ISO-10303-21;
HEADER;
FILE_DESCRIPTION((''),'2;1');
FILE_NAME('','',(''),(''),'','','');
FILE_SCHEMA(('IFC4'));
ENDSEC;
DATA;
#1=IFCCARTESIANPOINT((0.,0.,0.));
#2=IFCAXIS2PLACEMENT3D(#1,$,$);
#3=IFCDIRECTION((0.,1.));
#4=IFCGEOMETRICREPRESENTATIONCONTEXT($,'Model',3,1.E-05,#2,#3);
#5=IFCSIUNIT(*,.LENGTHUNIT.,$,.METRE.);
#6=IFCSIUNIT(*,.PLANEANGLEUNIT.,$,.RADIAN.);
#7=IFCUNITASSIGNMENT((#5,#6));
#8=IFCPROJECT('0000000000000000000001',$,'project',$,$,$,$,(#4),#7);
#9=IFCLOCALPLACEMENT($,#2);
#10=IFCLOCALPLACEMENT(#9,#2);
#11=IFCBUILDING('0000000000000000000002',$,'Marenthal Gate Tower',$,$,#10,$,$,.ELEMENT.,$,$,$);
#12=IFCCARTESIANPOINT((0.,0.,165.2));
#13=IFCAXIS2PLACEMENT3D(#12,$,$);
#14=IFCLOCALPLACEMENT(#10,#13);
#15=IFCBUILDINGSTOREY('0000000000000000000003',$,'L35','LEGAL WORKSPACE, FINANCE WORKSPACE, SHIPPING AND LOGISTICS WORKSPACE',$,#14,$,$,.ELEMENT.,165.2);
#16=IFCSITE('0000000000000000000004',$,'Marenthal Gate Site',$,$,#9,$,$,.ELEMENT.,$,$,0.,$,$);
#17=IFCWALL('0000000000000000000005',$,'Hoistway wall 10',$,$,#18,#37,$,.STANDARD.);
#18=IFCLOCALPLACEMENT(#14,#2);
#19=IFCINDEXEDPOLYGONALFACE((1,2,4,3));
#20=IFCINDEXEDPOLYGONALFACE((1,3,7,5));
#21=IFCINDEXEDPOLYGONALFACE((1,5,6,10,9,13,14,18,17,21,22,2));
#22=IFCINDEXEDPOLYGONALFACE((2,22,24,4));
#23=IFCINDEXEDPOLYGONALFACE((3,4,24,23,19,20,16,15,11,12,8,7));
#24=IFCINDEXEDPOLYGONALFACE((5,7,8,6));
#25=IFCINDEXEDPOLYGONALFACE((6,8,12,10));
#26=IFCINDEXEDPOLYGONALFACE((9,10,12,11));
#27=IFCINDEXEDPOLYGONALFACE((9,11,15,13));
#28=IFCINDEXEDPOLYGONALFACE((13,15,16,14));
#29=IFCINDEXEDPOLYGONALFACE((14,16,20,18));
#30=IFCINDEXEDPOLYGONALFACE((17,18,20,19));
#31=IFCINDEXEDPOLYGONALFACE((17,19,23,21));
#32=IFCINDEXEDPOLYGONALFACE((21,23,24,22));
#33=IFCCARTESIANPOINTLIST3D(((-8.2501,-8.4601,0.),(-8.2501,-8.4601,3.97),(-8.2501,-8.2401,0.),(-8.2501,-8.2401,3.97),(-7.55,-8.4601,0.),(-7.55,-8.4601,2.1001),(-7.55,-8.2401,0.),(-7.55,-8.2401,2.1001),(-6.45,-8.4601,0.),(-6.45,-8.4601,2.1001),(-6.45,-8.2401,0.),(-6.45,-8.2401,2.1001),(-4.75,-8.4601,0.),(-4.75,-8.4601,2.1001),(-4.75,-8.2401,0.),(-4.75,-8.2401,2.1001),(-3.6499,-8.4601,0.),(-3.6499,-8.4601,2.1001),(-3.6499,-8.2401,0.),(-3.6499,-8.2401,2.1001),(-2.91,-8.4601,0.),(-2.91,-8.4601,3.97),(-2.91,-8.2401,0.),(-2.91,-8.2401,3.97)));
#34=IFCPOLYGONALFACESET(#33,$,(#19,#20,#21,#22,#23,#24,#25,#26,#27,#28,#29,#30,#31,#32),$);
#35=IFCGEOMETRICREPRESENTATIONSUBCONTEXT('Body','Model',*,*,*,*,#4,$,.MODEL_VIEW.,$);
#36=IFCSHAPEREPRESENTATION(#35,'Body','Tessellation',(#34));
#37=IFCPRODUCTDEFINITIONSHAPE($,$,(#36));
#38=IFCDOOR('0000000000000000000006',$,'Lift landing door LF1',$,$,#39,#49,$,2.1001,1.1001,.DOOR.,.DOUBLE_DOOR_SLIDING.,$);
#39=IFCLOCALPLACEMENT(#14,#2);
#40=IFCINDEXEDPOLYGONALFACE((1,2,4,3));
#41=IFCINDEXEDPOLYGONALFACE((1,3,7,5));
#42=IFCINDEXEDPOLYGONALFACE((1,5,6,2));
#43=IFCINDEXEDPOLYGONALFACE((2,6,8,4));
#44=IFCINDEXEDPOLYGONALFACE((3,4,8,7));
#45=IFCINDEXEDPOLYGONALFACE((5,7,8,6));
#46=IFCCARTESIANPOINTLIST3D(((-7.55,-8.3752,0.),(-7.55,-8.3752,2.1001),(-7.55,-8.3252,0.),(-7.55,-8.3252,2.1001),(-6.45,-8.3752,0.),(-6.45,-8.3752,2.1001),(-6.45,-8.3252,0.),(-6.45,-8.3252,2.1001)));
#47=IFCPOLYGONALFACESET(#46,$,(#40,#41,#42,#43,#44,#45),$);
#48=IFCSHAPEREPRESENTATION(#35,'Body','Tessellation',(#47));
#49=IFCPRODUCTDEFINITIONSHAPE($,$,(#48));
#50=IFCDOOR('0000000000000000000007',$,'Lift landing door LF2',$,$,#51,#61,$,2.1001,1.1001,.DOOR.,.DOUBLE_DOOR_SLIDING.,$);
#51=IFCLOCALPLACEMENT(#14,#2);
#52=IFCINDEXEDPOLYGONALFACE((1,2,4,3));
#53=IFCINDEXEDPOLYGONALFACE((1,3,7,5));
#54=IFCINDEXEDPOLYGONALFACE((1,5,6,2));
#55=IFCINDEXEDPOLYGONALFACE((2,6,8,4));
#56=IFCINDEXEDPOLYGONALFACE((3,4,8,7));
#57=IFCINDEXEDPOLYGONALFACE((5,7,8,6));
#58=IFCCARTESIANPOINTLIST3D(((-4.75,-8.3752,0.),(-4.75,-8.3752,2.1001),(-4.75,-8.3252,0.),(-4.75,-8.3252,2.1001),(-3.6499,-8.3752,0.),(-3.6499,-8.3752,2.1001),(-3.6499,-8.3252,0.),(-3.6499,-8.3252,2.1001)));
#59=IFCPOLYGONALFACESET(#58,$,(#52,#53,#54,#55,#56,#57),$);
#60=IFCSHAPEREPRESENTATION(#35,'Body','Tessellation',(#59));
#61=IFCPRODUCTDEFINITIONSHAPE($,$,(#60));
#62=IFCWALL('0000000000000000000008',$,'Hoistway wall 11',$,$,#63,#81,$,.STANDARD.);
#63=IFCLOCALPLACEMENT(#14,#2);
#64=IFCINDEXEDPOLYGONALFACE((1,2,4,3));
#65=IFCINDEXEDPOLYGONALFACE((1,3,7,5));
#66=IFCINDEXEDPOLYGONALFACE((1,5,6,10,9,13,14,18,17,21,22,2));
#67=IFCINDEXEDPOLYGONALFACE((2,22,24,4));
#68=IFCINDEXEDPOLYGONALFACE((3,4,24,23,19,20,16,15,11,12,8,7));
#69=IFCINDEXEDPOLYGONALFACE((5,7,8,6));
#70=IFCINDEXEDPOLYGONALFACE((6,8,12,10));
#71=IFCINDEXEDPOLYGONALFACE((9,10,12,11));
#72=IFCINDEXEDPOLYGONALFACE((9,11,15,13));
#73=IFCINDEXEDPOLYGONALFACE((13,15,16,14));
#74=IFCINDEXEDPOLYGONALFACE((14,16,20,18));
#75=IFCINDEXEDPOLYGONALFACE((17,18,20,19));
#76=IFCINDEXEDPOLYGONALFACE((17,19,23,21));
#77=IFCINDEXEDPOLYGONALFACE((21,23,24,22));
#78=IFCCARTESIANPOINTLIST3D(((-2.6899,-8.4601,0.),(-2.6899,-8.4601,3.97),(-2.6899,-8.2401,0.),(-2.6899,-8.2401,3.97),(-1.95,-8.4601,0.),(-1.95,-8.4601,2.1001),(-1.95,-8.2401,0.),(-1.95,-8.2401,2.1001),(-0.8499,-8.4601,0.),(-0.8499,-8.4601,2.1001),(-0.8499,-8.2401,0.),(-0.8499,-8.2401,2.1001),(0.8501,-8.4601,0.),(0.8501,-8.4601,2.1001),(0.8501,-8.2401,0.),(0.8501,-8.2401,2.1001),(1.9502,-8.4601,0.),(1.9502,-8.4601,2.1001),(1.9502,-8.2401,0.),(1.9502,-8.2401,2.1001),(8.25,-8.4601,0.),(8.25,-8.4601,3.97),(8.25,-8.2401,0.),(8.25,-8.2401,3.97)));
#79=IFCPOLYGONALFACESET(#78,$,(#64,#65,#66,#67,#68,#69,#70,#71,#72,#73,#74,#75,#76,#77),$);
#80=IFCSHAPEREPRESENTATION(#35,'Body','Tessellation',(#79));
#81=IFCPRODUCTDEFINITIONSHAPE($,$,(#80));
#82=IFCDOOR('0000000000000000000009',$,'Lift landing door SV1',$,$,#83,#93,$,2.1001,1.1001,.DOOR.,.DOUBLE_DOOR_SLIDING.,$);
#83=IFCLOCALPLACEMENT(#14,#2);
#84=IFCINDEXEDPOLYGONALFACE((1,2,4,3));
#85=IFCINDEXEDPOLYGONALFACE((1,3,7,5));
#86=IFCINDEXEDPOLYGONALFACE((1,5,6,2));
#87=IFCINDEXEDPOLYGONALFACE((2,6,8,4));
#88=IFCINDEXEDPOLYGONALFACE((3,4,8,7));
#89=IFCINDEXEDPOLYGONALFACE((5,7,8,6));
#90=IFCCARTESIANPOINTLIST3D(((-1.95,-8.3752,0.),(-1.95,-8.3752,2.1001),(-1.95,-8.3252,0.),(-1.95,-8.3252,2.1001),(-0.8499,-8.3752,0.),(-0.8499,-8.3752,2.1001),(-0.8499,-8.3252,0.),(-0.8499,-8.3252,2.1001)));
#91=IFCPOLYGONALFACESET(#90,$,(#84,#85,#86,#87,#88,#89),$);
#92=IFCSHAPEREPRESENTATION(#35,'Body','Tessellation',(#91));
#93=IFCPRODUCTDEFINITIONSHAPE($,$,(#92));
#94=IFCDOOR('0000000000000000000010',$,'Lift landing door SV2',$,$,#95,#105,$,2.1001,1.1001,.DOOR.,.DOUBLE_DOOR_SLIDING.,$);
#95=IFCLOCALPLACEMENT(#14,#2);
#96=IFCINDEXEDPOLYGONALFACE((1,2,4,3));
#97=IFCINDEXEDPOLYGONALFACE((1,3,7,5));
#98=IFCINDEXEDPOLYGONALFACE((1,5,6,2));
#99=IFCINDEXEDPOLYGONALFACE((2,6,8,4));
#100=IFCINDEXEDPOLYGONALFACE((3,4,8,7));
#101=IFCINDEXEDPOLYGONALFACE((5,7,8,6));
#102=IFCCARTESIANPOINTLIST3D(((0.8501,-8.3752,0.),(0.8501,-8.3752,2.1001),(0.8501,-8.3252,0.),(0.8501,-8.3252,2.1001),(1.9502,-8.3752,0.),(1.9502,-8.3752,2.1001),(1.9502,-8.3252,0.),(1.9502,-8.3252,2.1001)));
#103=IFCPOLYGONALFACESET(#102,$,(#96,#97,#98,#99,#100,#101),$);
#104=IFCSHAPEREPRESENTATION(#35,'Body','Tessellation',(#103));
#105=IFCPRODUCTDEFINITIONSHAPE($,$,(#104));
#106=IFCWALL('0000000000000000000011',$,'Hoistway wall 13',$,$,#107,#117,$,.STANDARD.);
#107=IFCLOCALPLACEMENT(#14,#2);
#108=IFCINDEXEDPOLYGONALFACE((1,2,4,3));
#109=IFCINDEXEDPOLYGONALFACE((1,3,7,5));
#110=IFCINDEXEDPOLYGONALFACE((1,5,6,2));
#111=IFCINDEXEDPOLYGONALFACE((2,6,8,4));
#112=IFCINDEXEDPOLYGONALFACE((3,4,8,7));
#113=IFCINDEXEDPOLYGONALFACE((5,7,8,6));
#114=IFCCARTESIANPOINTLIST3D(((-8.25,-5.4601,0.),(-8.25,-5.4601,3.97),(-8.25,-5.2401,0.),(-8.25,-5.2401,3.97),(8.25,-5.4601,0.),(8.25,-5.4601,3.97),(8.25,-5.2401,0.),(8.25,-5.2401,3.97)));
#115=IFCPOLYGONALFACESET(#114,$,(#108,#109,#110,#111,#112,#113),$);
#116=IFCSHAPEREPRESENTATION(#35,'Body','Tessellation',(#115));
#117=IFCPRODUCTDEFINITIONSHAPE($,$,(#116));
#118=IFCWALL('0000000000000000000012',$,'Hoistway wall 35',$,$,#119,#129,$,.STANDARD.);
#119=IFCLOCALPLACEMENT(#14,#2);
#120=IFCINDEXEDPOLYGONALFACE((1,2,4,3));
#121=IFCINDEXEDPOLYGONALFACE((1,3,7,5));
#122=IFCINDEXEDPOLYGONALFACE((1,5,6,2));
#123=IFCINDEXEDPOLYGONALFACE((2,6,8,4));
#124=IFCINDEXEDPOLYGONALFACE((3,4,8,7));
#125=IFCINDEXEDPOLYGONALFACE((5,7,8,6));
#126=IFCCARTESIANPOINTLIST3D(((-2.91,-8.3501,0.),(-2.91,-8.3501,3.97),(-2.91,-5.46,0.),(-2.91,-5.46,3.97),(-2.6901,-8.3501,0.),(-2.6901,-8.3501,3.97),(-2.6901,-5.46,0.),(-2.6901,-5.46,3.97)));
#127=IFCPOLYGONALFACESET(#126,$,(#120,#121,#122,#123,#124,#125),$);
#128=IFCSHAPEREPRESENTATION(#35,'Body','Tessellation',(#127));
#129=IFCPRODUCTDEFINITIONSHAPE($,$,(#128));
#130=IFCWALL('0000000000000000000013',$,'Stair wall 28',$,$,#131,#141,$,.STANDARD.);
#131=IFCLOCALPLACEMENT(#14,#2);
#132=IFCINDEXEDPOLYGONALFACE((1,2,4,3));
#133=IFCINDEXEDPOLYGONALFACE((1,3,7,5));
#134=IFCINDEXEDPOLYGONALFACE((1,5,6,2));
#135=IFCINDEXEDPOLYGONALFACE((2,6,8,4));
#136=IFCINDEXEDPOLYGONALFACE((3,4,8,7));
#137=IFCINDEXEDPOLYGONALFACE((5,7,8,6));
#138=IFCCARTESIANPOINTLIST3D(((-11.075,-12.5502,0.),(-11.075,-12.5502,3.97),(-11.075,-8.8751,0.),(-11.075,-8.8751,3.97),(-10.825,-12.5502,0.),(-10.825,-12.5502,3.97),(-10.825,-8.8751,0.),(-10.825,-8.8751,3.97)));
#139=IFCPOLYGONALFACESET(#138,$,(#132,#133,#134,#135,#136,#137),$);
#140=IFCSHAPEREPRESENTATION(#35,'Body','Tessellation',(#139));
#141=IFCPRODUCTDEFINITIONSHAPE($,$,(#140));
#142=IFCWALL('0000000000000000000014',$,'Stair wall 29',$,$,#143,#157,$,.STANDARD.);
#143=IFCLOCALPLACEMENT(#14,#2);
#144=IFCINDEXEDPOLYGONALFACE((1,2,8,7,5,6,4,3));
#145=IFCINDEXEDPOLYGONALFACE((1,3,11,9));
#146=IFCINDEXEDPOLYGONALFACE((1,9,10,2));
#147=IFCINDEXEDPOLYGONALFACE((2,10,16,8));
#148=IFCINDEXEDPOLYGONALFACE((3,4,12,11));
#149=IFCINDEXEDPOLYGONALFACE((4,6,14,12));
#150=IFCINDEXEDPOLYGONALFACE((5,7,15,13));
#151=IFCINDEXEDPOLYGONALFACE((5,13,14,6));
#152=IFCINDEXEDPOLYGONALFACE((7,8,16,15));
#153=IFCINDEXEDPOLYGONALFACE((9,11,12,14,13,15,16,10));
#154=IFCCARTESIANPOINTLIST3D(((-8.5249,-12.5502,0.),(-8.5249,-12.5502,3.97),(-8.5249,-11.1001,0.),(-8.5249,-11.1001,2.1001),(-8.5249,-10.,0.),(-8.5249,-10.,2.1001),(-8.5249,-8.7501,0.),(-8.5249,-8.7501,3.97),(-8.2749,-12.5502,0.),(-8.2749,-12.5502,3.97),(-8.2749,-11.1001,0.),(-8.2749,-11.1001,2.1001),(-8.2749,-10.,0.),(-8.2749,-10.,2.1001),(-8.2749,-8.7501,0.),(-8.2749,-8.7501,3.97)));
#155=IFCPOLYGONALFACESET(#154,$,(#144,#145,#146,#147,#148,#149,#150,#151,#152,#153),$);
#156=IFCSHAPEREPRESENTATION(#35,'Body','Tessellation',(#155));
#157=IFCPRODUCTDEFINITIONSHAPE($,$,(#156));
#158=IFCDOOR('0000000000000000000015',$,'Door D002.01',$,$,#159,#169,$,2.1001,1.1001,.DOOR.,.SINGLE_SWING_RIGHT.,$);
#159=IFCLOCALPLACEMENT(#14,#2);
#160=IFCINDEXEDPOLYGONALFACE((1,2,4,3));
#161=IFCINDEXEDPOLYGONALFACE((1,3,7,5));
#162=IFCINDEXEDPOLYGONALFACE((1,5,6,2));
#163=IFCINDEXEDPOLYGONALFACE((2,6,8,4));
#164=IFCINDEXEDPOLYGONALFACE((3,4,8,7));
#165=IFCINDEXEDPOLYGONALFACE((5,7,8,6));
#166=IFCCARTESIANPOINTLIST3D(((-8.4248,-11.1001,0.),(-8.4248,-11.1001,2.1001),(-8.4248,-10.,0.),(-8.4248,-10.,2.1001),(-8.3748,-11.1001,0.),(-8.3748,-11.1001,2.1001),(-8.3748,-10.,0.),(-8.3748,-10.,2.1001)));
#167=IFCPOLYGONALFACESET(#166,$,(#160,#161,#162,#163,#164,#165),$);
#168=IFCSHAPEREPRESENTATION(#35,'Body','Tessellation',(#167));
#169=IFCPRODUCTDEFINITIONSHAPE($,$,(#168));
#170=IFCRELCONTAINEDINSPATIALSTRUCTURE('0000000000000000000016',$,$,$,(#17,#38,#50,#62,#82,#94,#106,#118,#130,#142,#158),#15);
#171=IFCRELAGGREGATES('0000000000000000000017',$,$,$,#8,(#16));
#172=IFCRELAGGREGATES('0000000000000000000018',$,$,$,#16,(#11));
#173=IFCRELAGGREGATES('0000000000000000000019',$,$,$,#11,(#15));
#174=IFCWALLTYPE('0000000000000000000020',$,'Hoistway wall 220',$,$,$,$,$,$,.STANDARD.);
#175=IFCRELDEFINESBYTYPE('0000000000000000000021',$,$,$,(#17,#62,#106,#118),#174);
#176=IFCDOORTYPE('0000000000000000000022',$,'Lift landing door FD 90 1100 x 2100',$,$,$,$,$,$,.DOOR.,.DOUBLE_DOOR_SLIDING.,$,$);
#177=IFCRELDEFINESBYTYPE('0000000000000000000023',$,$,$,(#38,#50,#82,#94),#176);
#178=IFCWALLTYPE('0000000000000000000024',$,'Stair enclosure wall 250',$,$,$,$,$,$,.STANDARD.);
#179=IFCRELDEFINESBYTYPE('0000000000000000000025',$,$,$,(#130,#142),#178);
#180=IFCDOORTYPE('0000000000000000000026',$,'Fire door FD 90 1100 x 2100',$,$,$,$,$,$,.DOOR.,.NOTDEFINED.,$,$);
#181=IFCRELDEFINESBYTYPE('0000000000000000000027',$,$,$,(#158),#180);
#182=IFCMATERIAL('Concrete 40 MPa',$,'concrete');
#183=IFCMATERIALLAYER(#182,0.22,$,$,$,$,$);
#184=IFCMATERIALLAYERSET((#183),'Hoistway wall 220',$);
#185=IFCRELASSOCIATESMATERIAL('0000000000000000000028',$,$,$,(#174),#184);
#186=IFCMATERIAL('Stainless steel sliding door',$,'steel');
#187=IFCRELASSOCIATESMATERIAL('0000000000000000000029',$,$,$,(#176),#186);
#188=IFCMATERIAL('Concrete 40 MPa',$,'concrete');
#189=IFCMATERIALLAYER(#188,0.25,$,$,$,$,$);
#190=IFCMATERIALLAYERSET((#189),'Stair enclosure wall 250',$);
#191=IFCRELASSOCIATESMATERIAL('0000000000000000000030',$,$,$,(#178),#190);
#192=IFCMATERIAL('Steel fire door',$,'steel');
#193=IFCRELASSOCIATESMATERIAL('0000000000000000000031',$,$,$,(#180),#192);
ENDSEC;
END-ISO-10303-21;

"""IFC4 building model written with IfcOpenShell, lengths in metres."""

from ifc_helpers import new_model, si_unit, direction, frame, frame_2d, origin, place, context, subcontext, project, spatial, rectangle, extrude, material, layer, layer_set, type_object, element, fill, save


model = new_model("IFC4")

# Units and contexts
model_context = context("Model", 3, precision=1e-05, world=origin(), true_north=direction((0.0, 1.0)))
body_context = subcontext(model_context, "Body", "Model", "MODEL_VIEW")
ifc_project = project(units=[si_unit("LENGTHUNIT", "METRE"), si_unit("PLANEANGLEUNIT", "RADIAN")], contexts=[model_context])

# Site, building, storey
site_placement = place(None, origin())
site = spatial("IfcSite", under=ifc_project, at=site_placement, Name="Marenthal Gate Site", CompositionType="ELEMENT", RefElevation=0.0)
building_placement = place(site_placement, origin())
building = spatial("IfcBuilding", under=site, at=building_placement, Name="Marenthal Gate Tower", CompositionType="ELEMENT")
storey_placement = place(building_placement, frame((0.0, 0.0, 165.2)))
storey = spatial("IfcBuildingStorey", under=building, at=storey_placement, Name="L35", Description="LEGAL WORKSPACE, FINANCE WORKSPACE, SHIPPING AND LOGISTICS WORKSPACE", CompositionType="ELEMENT", Elevation=165.2)

# Walls, openings, doors
ifc_material_1 = material(Name="Concrete 40 MPa", Category="concrete")
ifc_layer_1 = layer(ifc_material_1, 0.22)
ifc_layer_set_1 = layer_set([ifc_layer_1], Name="Hoistway wall 220")
wall_type_1 = type_object("IfcWallType", Name="Hoistway wall 220", PredefinedType="STANDARD", material=ifc_layer_set_1)
wall_1_placement = place(storey_placement, frame((-8.25, -8.3501, 0.0), z_axis=(0.0, 0.0, 1.0), x_axis=(1.0, 0.0, 0.0)))
wall_1 = element("IfcWall", 1, at=wall_1_placement, inside=storey, type_object=wall_type_1, Name="Hoistway wall 10", PredefinedType="STANDARD", context=body_context, shape_type="SweptSolid", body=[
    extrude(rectangle(XDim=5.3401, YDim=0.22, at=frame_2d((2.6699, 0.0))), origin(), (0.0, 0.0, 1.0), 3.97),
])
opening_1_placement = place(wall_1_placement, frame((0.7, 0.0, 0.0)))
opening_1 = element("IfcOpeningElement", 2, at=opening_1_placement, cuts=wall_1, PredefinedType="OPENING", context=body_context, shape_type="SweptSolid", body=[
    extrude(rectangle(XDim=1.1001, YDim=2.1001, at=frame_2d((0.55, 1.05))), frame((0.0, 0.1201, 0.0), z_axis=(0.0, -1.0, 0.0), x_axis=(1.0, 0.0, 0.0)), (0.0, 0.0, 1.0), 0.24),
])
opening_2_placement = place(wall_1_placement, frame((3.5, 0.0, 0.0)))
opening_2 = element("IfcOpeningElement", 3, at=opening_2_placement, cuts=wall_1, PredefinedType="OPENING", context=body_context, shape_type="SweptSolid", body=[
    extrude(rectangle(XDim=1.1001, YDim=2.1001, at=frame_2d((0.55, 1.05))), frame((0.0, 0.1201, 0.0), z_axis=(0.0, -1.0, 0.0), x_axis=(1.0, 0.0, 0.0)), (0.0, 0.0, 1.0), 0.24),
])
ifc_material_2 = material(Name="Stainless steel sliding door", Category="steel")
door_type_1 = type_object("IfcDoorType", Name="Lift landing door FD 90 1100 x 2100", OperationType="DOUBLE_DOOR_SLIDING", PredefinedType="DOOR", material=ifc_material_2)
door_1_placement = place(opening_1_placement, origin())
door_1 = element("IfcDoor", 4, at=door_1_placement, inside=storey, type_object=door_type_1, Name="Lift landing door LF1", OperationType="DOUBLE_DOOR_SLIDING", OverallHeight=2.1001, OverallWidth=1.1001, PredefinedType="DOOR", context=body_context, shape_type="SweptSolid", body=[
    extrude(rectangle(XDim=1.1001, YDim=2.1001, at=frame_2d((0.55, 1.05))), frame((0.0, 0.0249, 0.0), z_axis=(0.0, -1.0, 0.0), x_axis=(1.0, 0.0, 0.0)), (0.0, 0.0, 1.0), 0.05),
])
fill(opening_1, door_1)
door_2_placement = place(opening_2_placement, origin())
door_2 = element("IfcDoor", 5, at=door_2_placement, inside=storey, type_object=door_type_1, Name="Lift landing door LF2", OperationType="DOUBLE_DOOR_SLIDING", OverallHeight=2.1001, OverallWidth=1.1001, PredefinedType="DOOR", context=body_context, shape_type="SweptSolid", body=[
    extrude(rectangle(XDim=1.1001, YDim=2.1001, at=frame_2d((0.55, 1.05))), frame((0.0, 0.0249, 0.0), z_axis=(0.0, -1.0, 0.0), x_axis=(1.0, 0.0, 0.0)), (0.0, 0.0, 1.0), 0.05),
])
fill(opening_2, door_2)
wall_2_placement = place(storey_placement, frame((-2.6899, -8.3501, 0.0), z_axis=(0.0, 0.0, 1.0), x_axis=(1.0, 0.0, 0.0)))
wall_2 = element("IfcWall", 6, at=wall_2_placement, inside=storey, type_object=wall_type_1, Name="Hoistway wall 11", PredefinedType="STANDARD", context=body_context, shape_type="SweptSolid", body=[
    extrude(rectangle(XDim=10.9399, YDim=0.22, at=frame_2d((5.47, 0.0))), origin(), (0.0, 0.0, 1.0), 3.97),
])
opening_3_placement = place(wall_2_placement, frame((0.74, 0.0, 0.0)))
opening_3 = element("IfcOpeningElement", 7, at=opening_3_placement, cuts=wall_2, PredefinedType="OPENING", context=body_context, shape_type="SweptSolid", body=[
    extrude(rectangle(XDim=1.1001, YDim=2.1001, at=frame_2d((0.55, 1.05))), frame((0.0, 0.1201, 0.0), z_axis=(0.0, -1.0, 0.0), x_axis=(1.0, 0.0, 0.0)), (0.0, 0.0, 1.0), 0.24),
])
opening_4_placement = place(wall_2_placement, frame((3.54, 0.0, 0.0)))
opening_4 = element("IfcOpeningElement", 8, at=opening_4_placement, cuts=wall_2, PredefinedType="OPENING", context=body_context, shape_type="SweptSolid", body=[
    extrude(rectangle(XDim=1.1001, YDim=2.1001, at=frame_2d((0.55, 1.05))), frame((0.0, 0.1201, 0.0), z_axis=(0.0, -1.0, 0.0), x_axis=(1.0, 0.0, 0.0)), (0.0, 0.0, 1.0), 0.24),
])
door_3_placement = place(opening_3_placement, origin())
door_3 = element("IfcDoor", 9, at=door_3_placement, inside=storey, type_object=door_type_1, Name="Lift landing door SV1", OperationType="DOUBLE_DOOR_SLIDING", OverallHeight=2.1001, OverallWidth=1.1001, PredefinedType="DOOR", context=body_context, shape_type="SweptSolid", body=[
    extrude(rectangle(XDim=1.1001, YDim=2.1001, at=frame_2d((0.55, 1.05))), frame((0.0, 0.0249, 0.0), z_axis=(0.0, -1.0, 0.0), x_axis=(1.0, 0.0, 0.0)), (0.0, 0.0, 1.0), 0.05),
])
fill(opening_3, door_3)
door_4_placement = place(opening_4_placement, origin())
door_4 = element("IfcDoor", 10, at=door_4_placement, inside=storey, type_object=door_type_1, Name="Lift landing door SV2", OperationType="DOUBLE_DOOR_SLIDING", OverallHeight=2.1001, OverallWidth=1.1001, PredefinedType="DOOR", context=body_context, shape_type="SweptSolid", body=[
    extrude(rectangle(XDim=1.1001, YDim=2.1001, at=frame_2d((0.55, 1.05))), frame((0.0, 0.0249, 0.0), z_axis=(0.0, -1.0, 0.0), x_axis=(1.0, 0.0, 0.0)), (0.0, 0.0, 1.0), 0.05),
])
fill(opening_4, door_4)

# Walls
wall_3_placement = place(storey_placement, frame((-8.25, -5.3501, 0.0), z_axis=(0.0, 0.0, 1.0), x_axis=(1.0, 0.0, 0.0)))
element("IfcWall", 11, at=wall_3_placement, inside=storey, type_object=wall_type_1, Name="Hoistway wall 13", PredefinedType="STANDARD", context=body_context, shape_type="SweptSolid", body=[
    extrude(rectangle(XDim=16.5, YDim=0.22, at=frame_2d((8.25, 0.0))), origin(), (0.0, 0.0, 1.0), 3.97),
])
wall_4_placement = place(storey_placement, frame((-2.8, -8.3501, 0.0), z_axis=(0.0, 0.0, 1.0), x_axis=(0.0, 1.0, 0.0)))
element("IfcWall", 12, at=wall_4_placement, inside=storey, type_object=wall_type_1, Name="Hoistway wall 35", PredefinedType="STANDARD", context=body_context, shape_type="SweptSolid", body=[
    extrude(rectangle(XDim=2.8901, YDim=0.22, at=frame_2d((1.4451, 0.0))), origin(), (0.0, 0.0, 1.0), 3.97),
])
ifc_material_3 = material(Name="Concrete 40 MPa", Category="concrete")
ifc_layer_2 = layer(ifc_material_3, 0.25)
ifc_layer_set_2 = layer_set([ifc_layer_2], Name="Stair enclosure wall 250")
wall_type_2 = type_object("IfcWallType", Name="Stair enclosure wall 250", PredefinedType="STANDARD", material=ifc_layer_set_2)
wall_5_placement = place(storey_placement, frame((-10.95, -12.55, 0.0), z_axis=(0.0, 0.0, 1.0), x_axis=(0.0, 1.0, 0.0)))
element("IfcWall", 13, at=wall_5_placement, inside=storey, type_object=wall_type_2, Name="Stair wall 28", PredefinedType="STANDARD", context=body_context, shape_type="SweptSolid", body=[
    extrude(rectangle(XDim=3.675, YDim=0.25, at=frame_2d((1.8374, 0.0))), origin(), (0.0, 0.0, 1.0), 3.97),
])

# Wall, opening, door
wall_6_placement = place(storey_placement, frame((-8.3999, -12.55, 0.0), z_axis=(0.0, 0.0, 1.0), x_axis=(0.0, 1.0, 0.0)))
wall_6 = element("IfcWall", 14, at=wall_6_placement, inside=storey, type_object=wall_type_2, Name="Stair wall 29", PredefinedType="STANDARD", context=body_context, shape_type="SweptSolid", body=[
    extrude(rectangle(XDim=3.8, YDim=0.25, at=frame_2d((1.8999, 0.0))), origin(), (0.0, 0.0, 1.0), 3.97),
])
opening_5_placement = place(wall_6_placement, frame((1.45, 0.0, 0.0)))
opening_5 = element("IfcOpeningElement", 15, at=opening_5_placement, cuts=wall_6, PredefinedType="OPENING", context=body_context, shape_type="SweptSolid", body=[
    extrude(rectangle(XDim=1.1001, YDim=2.1001, at=frame_2d((0.55, 1.05))), frame((0.0, 0.135, 0.0), z_axis=(0.0, -1.0, 0.0), x_axis=(1.0, 0.0, 0.0)), (0.0, 0.0, 1.0), 0.27),
])
ifc_material_4 = material(Name="Steel fire door", Category="steel")
door_type_2 = type_object("IfcDoorType", Name="Fire door FD 90 1100 x 2100", OperationType="NOTDEFINED", PredefinedType="DOOR", material=ifc_material_4)
door_5_placement = place(opening_5_placement, origin())
door_5 = element("IfcDoor", 16, at=door_5_placement, inside=storey, type_object=door_type_2, Name="Door D002.01", OperationType="SINGLE_SWING_RIGHT", OverallHeight=2.1001, OverallWidth=1.1001, PredefinedType="DOOR", context=body_context, shape_type="SweptSolid", body=[
    extrude(rectangle(XDim=1.1001, YDim=2.1001, at=frame_2d((0.55, 1.05))), frame((0.0, 0.0249, 0.0), z_axis=(0.0, -1.0, 0.0), x_axis=(1.0, 0.0, 0.0)), (0.0, 0.0, 1.0), 0.05),
])
fill(opening_5, door_5)

save(model, "model.ifc")
